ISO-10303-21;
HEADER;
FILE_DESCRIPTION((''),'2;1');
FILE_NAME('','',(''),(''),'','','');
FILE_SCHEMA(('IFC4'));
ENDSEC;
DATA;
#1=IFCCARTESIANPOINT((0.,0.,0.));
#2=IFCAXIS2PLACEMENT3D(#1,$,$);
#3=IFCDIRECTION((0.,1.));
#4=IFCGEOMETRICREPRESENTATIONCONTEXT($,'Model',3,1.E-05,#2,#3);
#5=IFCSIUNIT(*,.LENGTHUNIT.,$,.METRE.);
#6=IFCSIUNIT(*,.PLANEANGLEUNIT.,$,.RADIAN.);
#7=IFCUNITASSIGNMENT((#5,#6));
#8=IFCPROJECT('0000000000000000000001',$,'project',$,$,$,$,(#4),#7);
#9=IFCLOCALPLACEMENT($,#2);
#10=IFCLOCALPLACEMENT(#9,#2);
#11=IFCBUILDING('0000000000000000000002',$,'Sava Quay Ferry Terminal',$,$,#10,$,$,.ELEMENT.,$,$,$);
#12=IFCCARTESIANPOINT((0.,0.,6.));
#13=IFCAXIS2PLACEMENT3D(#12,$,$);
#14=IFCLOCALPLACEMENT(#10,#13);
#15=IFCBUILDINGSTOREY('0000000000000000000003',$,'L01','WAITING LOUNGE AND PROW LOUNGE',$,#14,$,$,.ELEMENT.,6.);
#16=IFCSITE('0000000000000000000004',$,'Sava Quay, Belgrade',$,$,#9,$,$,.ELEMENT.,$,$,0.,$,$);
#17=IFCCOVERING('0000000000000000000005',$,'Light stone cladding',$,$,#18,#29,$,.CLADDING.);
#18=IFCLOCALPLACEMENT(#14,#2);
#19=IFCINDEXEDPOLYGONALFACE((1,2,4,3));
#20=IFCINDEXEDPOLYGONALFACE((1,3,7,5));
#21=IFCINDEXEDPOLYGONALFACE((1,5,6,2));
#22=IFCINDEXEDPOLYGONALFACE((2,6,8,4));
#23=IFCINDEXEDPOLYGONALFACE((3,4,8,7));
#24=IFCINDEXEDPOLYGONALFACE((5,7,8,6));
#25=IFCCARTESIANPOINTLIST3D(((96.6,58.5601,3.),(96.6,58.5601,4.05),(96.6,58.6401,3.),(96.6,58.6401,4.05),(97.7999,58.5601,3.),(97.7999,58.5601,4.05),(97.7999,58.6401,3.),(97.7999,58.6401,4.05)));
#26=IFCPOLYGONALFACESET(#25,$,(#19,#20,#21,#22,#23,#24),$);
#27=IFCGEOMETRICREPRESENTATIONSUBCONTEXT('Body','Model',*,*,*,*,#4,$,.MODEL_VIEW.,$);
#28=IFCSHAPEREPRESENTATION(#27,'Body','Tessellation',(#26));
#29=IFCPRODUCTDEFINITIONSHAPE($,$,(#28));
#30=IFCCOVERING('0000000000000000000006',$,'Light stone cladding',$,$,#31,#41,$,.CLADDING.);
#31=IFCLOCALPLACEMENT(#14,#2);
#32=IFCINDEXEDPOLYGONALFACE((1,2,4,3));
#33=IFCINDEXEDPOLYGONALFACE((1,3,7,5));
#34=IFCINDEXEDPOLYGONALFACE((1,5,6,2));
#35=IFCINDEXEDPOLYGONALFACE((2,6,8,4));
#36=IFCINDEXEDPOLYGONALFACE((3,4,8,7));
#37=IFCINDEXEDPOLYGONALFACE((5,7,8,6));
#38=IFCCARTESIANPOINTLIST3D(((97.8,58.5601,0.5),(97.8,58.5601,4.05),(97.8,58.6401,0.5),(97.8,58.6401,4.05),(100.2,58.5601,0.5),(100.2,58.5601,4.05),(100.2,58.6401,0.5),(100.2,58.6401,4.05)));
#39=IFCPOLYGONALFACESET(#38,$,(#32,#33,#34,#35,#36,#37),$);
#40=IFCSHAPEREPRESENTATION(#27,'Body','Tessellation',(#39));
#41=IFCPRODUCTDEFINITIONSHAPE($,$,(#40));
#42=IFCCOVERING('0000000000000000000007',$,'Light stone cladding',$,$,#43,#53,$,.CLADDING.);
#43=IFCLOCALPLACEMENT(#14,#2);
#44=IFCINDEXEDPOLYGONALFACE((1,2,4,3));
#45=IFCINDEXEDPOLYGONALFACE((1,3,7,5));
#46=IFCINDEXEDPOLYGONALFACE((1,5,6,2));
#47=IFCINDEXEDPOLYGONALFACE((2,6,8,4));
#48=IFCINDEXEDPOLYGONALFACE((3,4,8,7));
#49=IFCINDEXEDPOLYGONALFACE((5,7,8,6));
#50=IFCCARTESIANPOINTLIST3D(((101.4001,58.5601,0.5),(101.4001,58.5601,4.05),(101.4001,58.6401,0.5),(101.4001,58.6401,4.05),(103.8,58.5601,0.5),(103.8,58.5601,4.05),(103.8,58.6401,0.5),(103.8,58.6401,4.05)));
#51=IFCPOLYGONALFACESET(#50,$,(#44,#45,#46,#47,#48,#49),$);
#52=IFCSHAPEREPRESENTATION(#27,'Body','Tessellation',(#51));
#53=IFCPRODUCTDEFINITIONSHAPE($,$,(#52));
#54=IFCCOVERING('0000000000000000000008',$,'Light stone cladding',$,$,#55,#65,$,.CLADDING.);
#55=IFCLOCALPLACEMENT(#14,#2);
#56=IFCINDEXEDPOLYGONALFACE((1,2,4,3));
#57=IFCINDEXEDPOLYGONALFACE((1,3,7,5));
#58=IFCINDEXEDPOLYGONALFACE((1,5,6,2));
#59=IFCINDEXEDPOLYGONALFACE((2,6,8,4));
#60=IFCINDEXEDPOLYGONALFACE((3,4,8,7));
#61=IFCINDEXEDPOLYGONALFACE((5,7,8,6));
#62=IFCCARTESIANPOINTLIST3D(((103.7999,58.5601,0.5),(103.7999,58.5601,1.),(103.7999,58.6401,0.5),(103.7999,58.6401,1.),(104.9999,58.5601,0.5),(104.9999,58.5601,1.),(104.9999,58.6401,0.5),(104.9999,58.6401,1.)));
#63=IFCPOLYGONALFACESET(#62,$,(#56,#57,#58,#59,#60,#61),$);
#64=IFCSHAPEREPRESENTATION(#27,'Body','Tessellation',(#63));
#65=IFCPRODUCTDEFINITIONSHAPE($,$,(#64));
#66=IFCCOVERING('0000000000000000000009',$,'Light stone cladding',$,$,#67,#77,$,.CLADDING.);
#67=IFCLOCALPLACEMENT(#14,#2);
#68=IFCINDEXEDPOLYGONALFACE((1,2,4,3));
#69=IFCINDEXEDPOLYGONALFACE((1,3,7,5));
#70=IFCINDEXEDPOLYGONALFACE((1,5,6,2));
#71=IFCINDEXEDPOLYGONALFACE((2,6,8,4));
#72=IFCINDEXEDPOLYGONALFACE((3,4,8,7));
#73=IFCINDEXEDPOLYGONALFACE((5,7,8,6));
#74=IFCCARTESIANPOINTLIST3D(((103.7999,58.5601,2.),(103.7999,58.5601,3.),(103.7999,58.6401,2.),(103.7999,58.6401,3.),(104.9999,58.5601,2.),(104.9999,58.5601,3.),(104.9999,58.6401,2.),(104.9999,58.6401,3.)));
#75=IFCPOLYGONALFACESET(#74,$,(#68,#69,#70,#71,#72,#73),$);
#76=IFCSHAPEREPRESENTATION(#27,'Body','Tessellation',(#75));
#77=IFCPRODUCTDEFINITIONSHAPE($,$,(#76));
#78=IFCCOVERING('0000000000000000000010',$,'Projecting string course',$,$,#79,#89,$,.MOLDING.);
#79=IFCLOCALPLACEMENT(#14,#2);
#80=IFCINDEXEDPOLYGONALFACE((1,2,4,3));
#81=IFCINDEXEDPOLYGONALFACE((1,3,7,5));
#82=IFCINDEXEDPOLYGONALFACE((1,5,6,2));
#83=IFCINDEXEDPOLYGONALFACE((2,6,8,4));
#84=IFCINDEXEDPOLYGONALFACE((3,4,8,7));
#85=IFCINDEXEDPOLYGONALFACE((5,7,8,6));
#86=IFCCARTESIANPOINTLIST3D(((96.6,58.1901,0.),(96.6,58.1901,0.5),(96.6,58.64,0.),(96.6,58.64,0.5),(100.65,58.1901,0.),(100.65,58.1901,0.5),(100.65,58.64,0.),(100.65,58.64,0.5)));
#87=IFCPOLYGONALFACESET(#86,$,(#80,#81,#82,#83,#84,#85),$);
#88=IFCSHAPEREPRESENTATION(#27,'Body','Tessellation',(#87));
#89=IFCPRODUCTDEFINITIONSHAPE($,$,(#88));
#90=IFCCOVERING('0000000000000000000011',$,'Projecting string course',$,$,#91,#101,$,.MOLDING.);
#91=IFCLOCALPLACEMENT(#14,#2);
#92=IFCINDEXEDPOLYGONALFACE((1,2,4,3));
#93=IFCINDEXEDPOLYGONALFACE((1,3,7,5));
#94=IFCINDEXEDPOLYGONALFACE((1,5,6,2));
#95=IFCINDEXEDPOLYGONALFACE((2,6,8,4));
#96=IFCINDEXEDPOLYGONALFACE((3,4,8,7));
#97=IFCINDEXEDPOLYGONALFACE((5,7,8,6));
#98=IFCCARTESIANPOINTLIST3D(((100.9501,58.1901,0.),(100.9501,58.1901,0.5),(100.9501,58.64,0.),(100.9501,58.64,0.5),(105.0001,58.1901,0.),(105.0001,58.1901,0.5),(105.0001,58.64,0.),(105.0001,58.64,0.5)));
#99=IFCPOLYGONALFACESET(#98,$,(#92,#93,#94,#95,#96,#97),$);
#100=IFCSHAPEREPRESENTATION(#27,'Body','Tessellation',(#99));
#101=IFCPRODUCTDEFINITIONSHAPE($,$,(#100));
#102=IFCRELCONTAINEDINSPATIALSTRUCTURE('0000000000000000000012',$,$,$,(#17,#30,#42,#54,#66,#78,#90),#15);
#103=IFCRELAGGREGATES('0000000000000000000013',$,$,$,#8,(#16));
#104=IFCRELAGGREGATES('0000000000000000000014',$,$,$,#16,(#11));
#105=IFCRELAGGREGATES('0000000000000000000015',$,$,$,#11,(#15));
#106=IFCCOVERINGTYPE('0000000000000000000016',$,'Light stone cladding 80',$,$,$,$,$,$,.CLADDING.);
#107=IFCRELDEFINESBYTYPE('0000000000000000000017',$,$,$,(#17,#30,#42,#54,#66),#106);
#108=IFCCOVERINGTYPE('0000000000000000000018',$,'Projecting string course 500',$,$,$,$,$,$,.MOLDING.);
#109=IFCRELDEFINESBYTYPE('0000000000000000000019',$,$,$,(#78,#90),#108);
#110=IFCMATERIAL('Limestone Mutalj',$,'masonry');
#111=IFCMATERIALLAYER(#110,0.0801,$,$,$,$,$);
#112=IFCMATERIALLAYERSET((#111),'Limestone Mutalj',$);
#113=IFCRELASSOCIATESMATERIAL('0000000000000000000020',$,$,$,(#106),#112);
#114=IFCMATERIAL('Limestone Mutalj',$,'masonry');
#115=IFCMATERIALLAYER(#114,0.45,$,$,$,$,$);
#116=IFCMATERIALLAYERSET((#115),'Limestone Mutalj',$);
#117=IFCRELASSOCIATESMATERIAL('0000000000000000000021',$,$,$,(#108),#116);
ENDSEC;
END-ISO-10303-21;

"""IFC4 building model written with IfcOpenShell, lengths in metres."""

from ifc_helpers import new_model, si_unit, direction, frame, origin, origin_2d, place, context, subcontext, project, spatial, rectangle, extrude, material, layer, layer_set, type_object, element, save


model = new_model("IFC4")

# Units and contexts
model_context = context("Model", 3, precision=1e-05, world=origin(), true_north=direction((0.0, 1.0)))
body_context = subcontext(model_context, "Body", "Model", "MODEL_VIEW")
ifc_project = project(units=[si_unit("LENGTHUNIT", "METRE"), si_unit("PLANEANGLEUNIT", "RADIAN")], contexts=[model_context])

# Site, building, storey
site_placement = place(None, origin())
site = spatial("IfcSite", under=ifc_project, at=site_placement, Name="Sava Quay, Belgrade", CompositionType="ELEMENT", RefElevation=0.0)
building_placement = place(site_placement, origin())
building = spatial("IfcBuilding", under=site, at=building_placement, Name="Sava Quay Ferry Terminal", CompositionType="ELEMENT")
storey_placement = place(building_placement, frame((0.0, 0.0, 6.0)))
storey = spatial("IfcBuildingStorey", under=building, at=storey_placement, Name="L01", Description="WAITING LOUNGE AND PROW LOUNGE", CompositionType="ELEMENT", Elevation=6.0)

# Coverings
ifc_material_1 = material(Name="Limestone Mutalj", Category="masonry")
ifc_layer_1 = layer(ifc_material_1, 0.0801)
ifc_layer_set_1 = layer_set([ifc_layer_1], Name="Limestone Mutalj")
covering_type_1 = type_object("IfcCoveringType", Name="Light stone cladding 80", PredefinedType="CLADDING", material=ifc_layer_set_1)
covering_1_placement = place(storey_placement, frame((97.2, 58.6001, 3.0), z_axis=(0.0, 0.0, 1.0), x_axis=(1.0, 0.0, 0.0)))
element("IfcCovering", 1, at=covering_1_placement, inside=storey, type_object=covering_type_1, Name="Light stone cladding", PredefinedType="CLADDING", context=body_context, shape_type="SweptSolid", body=[
    extrude(rectangle(XDim=1.2, YDim=0.0801, at=origin_2d()), origin(), (0.0, 0.0, 1.0), 1.05),
])
for number, where, z_axis, x_axis, name in (
    (2, (99.0, 58.6001, 0.5), (0.0, 0.0, 1.0), (1.0, 0.0, 0.0), "Light stone cladding"),
    (3, (102.6001, 58.6001, 0.5), (0.0, 0.0, 1.0), (1.0, 0.0, 0.0), "Light stone cladding"),
):
    element("IfcCovering", number, at=place(storey_placement, frame(where, z_axis=z_axis, x_axis=x_axis)), inside=storey, type_object=covering_type_1, Name=name, PredefinedType="CLADDING", context=body_context, shape_type="SweptSolid", body=[
        extrude(rectangle(XDim=2.3999, YDim=0.0801, at=origin_2d()), origin(), (0.0, 0.0, 1.0), 3.55),
    ])
covering_2_placement = place(storey_placement, frame((104.3999, 58.6001, 0.5), z_axis=(0.0, 0.0, 1.0), x_axis=(1.0, 0.0, 0.0)))
element("IfcCovering", 4, at=covering_2_placement, inside=storey, type_object=covering_type_1, Name="Light stone cladding", PredefinedType="CLADDING", context=body_context, shape_type="SweptSolid", body=[
    extrude(rectangle(XDim=1.2, YDim=0.0801, at=origin_2d()), origin(), (0.0, 0.0, 1.0), 0.5),
])
covering_3_placement = place(storey_placement, frame((104.3999, 58.6001, 2.0), z_axis=(0.0, 0.0, 1.0), x_axis=(1.0, 0.0, 0.0)))
element("IfcCovering", 5, at=covering_3_placement, inside=storey, type_object=covering_type_1, Name="Light stone cladding", PredefinedType="CLADDING", context=body_context, shape_type="SweptSolid", body=[
    extrude(rectangle(XDim=1.2, YDim=0.0801, at=origin_2d()), origin(), (0.0, 0.0, 1.0), 1.0),
])
ifc_material_2 = material(Name="Limestone Mutalj", Category="masonry")
ifc_layer_2 = layer(ifc_material_2, 0.45)
ifc_layer_set_2 = layer_set([ifc_layer_2], Name="Limestone Mutalj")
covering_type_2 = type_object("IfcCoveringType", Name="Projecting string course 500", PredefinedType="MOLDING", material=ifc_layer_set_2)
for number, where, z_axis, x_axis, name in (
    (6, (98.625, 58.415, 0.0), (0.0, 0.0, 1.0), (1.0, 0.0, 0.0), "Projecting string course"),
    (7, (102.9751, 58.415, 0.0), (0.0, 0.0, 1.0), (1.0, 0.0, 0.0), "Projecting string course"),
):
    element("IfcCovering", number, at=place(storey_placement, frame(where, z_axis=z_axis, x_axis=x_axis)), inside=storey, type_object=covering_type_2, Name=name, PredefinedType="MOLDING", context=body_context, shape_type="SweptSolid", body=[
        extrude(rectangle(XDim=4.05, YDim=0.45, at=origin_2d()), origin(), (0.0, 0.0, 1.0), 0.5),
    ])

save(model, "model.ifc")
